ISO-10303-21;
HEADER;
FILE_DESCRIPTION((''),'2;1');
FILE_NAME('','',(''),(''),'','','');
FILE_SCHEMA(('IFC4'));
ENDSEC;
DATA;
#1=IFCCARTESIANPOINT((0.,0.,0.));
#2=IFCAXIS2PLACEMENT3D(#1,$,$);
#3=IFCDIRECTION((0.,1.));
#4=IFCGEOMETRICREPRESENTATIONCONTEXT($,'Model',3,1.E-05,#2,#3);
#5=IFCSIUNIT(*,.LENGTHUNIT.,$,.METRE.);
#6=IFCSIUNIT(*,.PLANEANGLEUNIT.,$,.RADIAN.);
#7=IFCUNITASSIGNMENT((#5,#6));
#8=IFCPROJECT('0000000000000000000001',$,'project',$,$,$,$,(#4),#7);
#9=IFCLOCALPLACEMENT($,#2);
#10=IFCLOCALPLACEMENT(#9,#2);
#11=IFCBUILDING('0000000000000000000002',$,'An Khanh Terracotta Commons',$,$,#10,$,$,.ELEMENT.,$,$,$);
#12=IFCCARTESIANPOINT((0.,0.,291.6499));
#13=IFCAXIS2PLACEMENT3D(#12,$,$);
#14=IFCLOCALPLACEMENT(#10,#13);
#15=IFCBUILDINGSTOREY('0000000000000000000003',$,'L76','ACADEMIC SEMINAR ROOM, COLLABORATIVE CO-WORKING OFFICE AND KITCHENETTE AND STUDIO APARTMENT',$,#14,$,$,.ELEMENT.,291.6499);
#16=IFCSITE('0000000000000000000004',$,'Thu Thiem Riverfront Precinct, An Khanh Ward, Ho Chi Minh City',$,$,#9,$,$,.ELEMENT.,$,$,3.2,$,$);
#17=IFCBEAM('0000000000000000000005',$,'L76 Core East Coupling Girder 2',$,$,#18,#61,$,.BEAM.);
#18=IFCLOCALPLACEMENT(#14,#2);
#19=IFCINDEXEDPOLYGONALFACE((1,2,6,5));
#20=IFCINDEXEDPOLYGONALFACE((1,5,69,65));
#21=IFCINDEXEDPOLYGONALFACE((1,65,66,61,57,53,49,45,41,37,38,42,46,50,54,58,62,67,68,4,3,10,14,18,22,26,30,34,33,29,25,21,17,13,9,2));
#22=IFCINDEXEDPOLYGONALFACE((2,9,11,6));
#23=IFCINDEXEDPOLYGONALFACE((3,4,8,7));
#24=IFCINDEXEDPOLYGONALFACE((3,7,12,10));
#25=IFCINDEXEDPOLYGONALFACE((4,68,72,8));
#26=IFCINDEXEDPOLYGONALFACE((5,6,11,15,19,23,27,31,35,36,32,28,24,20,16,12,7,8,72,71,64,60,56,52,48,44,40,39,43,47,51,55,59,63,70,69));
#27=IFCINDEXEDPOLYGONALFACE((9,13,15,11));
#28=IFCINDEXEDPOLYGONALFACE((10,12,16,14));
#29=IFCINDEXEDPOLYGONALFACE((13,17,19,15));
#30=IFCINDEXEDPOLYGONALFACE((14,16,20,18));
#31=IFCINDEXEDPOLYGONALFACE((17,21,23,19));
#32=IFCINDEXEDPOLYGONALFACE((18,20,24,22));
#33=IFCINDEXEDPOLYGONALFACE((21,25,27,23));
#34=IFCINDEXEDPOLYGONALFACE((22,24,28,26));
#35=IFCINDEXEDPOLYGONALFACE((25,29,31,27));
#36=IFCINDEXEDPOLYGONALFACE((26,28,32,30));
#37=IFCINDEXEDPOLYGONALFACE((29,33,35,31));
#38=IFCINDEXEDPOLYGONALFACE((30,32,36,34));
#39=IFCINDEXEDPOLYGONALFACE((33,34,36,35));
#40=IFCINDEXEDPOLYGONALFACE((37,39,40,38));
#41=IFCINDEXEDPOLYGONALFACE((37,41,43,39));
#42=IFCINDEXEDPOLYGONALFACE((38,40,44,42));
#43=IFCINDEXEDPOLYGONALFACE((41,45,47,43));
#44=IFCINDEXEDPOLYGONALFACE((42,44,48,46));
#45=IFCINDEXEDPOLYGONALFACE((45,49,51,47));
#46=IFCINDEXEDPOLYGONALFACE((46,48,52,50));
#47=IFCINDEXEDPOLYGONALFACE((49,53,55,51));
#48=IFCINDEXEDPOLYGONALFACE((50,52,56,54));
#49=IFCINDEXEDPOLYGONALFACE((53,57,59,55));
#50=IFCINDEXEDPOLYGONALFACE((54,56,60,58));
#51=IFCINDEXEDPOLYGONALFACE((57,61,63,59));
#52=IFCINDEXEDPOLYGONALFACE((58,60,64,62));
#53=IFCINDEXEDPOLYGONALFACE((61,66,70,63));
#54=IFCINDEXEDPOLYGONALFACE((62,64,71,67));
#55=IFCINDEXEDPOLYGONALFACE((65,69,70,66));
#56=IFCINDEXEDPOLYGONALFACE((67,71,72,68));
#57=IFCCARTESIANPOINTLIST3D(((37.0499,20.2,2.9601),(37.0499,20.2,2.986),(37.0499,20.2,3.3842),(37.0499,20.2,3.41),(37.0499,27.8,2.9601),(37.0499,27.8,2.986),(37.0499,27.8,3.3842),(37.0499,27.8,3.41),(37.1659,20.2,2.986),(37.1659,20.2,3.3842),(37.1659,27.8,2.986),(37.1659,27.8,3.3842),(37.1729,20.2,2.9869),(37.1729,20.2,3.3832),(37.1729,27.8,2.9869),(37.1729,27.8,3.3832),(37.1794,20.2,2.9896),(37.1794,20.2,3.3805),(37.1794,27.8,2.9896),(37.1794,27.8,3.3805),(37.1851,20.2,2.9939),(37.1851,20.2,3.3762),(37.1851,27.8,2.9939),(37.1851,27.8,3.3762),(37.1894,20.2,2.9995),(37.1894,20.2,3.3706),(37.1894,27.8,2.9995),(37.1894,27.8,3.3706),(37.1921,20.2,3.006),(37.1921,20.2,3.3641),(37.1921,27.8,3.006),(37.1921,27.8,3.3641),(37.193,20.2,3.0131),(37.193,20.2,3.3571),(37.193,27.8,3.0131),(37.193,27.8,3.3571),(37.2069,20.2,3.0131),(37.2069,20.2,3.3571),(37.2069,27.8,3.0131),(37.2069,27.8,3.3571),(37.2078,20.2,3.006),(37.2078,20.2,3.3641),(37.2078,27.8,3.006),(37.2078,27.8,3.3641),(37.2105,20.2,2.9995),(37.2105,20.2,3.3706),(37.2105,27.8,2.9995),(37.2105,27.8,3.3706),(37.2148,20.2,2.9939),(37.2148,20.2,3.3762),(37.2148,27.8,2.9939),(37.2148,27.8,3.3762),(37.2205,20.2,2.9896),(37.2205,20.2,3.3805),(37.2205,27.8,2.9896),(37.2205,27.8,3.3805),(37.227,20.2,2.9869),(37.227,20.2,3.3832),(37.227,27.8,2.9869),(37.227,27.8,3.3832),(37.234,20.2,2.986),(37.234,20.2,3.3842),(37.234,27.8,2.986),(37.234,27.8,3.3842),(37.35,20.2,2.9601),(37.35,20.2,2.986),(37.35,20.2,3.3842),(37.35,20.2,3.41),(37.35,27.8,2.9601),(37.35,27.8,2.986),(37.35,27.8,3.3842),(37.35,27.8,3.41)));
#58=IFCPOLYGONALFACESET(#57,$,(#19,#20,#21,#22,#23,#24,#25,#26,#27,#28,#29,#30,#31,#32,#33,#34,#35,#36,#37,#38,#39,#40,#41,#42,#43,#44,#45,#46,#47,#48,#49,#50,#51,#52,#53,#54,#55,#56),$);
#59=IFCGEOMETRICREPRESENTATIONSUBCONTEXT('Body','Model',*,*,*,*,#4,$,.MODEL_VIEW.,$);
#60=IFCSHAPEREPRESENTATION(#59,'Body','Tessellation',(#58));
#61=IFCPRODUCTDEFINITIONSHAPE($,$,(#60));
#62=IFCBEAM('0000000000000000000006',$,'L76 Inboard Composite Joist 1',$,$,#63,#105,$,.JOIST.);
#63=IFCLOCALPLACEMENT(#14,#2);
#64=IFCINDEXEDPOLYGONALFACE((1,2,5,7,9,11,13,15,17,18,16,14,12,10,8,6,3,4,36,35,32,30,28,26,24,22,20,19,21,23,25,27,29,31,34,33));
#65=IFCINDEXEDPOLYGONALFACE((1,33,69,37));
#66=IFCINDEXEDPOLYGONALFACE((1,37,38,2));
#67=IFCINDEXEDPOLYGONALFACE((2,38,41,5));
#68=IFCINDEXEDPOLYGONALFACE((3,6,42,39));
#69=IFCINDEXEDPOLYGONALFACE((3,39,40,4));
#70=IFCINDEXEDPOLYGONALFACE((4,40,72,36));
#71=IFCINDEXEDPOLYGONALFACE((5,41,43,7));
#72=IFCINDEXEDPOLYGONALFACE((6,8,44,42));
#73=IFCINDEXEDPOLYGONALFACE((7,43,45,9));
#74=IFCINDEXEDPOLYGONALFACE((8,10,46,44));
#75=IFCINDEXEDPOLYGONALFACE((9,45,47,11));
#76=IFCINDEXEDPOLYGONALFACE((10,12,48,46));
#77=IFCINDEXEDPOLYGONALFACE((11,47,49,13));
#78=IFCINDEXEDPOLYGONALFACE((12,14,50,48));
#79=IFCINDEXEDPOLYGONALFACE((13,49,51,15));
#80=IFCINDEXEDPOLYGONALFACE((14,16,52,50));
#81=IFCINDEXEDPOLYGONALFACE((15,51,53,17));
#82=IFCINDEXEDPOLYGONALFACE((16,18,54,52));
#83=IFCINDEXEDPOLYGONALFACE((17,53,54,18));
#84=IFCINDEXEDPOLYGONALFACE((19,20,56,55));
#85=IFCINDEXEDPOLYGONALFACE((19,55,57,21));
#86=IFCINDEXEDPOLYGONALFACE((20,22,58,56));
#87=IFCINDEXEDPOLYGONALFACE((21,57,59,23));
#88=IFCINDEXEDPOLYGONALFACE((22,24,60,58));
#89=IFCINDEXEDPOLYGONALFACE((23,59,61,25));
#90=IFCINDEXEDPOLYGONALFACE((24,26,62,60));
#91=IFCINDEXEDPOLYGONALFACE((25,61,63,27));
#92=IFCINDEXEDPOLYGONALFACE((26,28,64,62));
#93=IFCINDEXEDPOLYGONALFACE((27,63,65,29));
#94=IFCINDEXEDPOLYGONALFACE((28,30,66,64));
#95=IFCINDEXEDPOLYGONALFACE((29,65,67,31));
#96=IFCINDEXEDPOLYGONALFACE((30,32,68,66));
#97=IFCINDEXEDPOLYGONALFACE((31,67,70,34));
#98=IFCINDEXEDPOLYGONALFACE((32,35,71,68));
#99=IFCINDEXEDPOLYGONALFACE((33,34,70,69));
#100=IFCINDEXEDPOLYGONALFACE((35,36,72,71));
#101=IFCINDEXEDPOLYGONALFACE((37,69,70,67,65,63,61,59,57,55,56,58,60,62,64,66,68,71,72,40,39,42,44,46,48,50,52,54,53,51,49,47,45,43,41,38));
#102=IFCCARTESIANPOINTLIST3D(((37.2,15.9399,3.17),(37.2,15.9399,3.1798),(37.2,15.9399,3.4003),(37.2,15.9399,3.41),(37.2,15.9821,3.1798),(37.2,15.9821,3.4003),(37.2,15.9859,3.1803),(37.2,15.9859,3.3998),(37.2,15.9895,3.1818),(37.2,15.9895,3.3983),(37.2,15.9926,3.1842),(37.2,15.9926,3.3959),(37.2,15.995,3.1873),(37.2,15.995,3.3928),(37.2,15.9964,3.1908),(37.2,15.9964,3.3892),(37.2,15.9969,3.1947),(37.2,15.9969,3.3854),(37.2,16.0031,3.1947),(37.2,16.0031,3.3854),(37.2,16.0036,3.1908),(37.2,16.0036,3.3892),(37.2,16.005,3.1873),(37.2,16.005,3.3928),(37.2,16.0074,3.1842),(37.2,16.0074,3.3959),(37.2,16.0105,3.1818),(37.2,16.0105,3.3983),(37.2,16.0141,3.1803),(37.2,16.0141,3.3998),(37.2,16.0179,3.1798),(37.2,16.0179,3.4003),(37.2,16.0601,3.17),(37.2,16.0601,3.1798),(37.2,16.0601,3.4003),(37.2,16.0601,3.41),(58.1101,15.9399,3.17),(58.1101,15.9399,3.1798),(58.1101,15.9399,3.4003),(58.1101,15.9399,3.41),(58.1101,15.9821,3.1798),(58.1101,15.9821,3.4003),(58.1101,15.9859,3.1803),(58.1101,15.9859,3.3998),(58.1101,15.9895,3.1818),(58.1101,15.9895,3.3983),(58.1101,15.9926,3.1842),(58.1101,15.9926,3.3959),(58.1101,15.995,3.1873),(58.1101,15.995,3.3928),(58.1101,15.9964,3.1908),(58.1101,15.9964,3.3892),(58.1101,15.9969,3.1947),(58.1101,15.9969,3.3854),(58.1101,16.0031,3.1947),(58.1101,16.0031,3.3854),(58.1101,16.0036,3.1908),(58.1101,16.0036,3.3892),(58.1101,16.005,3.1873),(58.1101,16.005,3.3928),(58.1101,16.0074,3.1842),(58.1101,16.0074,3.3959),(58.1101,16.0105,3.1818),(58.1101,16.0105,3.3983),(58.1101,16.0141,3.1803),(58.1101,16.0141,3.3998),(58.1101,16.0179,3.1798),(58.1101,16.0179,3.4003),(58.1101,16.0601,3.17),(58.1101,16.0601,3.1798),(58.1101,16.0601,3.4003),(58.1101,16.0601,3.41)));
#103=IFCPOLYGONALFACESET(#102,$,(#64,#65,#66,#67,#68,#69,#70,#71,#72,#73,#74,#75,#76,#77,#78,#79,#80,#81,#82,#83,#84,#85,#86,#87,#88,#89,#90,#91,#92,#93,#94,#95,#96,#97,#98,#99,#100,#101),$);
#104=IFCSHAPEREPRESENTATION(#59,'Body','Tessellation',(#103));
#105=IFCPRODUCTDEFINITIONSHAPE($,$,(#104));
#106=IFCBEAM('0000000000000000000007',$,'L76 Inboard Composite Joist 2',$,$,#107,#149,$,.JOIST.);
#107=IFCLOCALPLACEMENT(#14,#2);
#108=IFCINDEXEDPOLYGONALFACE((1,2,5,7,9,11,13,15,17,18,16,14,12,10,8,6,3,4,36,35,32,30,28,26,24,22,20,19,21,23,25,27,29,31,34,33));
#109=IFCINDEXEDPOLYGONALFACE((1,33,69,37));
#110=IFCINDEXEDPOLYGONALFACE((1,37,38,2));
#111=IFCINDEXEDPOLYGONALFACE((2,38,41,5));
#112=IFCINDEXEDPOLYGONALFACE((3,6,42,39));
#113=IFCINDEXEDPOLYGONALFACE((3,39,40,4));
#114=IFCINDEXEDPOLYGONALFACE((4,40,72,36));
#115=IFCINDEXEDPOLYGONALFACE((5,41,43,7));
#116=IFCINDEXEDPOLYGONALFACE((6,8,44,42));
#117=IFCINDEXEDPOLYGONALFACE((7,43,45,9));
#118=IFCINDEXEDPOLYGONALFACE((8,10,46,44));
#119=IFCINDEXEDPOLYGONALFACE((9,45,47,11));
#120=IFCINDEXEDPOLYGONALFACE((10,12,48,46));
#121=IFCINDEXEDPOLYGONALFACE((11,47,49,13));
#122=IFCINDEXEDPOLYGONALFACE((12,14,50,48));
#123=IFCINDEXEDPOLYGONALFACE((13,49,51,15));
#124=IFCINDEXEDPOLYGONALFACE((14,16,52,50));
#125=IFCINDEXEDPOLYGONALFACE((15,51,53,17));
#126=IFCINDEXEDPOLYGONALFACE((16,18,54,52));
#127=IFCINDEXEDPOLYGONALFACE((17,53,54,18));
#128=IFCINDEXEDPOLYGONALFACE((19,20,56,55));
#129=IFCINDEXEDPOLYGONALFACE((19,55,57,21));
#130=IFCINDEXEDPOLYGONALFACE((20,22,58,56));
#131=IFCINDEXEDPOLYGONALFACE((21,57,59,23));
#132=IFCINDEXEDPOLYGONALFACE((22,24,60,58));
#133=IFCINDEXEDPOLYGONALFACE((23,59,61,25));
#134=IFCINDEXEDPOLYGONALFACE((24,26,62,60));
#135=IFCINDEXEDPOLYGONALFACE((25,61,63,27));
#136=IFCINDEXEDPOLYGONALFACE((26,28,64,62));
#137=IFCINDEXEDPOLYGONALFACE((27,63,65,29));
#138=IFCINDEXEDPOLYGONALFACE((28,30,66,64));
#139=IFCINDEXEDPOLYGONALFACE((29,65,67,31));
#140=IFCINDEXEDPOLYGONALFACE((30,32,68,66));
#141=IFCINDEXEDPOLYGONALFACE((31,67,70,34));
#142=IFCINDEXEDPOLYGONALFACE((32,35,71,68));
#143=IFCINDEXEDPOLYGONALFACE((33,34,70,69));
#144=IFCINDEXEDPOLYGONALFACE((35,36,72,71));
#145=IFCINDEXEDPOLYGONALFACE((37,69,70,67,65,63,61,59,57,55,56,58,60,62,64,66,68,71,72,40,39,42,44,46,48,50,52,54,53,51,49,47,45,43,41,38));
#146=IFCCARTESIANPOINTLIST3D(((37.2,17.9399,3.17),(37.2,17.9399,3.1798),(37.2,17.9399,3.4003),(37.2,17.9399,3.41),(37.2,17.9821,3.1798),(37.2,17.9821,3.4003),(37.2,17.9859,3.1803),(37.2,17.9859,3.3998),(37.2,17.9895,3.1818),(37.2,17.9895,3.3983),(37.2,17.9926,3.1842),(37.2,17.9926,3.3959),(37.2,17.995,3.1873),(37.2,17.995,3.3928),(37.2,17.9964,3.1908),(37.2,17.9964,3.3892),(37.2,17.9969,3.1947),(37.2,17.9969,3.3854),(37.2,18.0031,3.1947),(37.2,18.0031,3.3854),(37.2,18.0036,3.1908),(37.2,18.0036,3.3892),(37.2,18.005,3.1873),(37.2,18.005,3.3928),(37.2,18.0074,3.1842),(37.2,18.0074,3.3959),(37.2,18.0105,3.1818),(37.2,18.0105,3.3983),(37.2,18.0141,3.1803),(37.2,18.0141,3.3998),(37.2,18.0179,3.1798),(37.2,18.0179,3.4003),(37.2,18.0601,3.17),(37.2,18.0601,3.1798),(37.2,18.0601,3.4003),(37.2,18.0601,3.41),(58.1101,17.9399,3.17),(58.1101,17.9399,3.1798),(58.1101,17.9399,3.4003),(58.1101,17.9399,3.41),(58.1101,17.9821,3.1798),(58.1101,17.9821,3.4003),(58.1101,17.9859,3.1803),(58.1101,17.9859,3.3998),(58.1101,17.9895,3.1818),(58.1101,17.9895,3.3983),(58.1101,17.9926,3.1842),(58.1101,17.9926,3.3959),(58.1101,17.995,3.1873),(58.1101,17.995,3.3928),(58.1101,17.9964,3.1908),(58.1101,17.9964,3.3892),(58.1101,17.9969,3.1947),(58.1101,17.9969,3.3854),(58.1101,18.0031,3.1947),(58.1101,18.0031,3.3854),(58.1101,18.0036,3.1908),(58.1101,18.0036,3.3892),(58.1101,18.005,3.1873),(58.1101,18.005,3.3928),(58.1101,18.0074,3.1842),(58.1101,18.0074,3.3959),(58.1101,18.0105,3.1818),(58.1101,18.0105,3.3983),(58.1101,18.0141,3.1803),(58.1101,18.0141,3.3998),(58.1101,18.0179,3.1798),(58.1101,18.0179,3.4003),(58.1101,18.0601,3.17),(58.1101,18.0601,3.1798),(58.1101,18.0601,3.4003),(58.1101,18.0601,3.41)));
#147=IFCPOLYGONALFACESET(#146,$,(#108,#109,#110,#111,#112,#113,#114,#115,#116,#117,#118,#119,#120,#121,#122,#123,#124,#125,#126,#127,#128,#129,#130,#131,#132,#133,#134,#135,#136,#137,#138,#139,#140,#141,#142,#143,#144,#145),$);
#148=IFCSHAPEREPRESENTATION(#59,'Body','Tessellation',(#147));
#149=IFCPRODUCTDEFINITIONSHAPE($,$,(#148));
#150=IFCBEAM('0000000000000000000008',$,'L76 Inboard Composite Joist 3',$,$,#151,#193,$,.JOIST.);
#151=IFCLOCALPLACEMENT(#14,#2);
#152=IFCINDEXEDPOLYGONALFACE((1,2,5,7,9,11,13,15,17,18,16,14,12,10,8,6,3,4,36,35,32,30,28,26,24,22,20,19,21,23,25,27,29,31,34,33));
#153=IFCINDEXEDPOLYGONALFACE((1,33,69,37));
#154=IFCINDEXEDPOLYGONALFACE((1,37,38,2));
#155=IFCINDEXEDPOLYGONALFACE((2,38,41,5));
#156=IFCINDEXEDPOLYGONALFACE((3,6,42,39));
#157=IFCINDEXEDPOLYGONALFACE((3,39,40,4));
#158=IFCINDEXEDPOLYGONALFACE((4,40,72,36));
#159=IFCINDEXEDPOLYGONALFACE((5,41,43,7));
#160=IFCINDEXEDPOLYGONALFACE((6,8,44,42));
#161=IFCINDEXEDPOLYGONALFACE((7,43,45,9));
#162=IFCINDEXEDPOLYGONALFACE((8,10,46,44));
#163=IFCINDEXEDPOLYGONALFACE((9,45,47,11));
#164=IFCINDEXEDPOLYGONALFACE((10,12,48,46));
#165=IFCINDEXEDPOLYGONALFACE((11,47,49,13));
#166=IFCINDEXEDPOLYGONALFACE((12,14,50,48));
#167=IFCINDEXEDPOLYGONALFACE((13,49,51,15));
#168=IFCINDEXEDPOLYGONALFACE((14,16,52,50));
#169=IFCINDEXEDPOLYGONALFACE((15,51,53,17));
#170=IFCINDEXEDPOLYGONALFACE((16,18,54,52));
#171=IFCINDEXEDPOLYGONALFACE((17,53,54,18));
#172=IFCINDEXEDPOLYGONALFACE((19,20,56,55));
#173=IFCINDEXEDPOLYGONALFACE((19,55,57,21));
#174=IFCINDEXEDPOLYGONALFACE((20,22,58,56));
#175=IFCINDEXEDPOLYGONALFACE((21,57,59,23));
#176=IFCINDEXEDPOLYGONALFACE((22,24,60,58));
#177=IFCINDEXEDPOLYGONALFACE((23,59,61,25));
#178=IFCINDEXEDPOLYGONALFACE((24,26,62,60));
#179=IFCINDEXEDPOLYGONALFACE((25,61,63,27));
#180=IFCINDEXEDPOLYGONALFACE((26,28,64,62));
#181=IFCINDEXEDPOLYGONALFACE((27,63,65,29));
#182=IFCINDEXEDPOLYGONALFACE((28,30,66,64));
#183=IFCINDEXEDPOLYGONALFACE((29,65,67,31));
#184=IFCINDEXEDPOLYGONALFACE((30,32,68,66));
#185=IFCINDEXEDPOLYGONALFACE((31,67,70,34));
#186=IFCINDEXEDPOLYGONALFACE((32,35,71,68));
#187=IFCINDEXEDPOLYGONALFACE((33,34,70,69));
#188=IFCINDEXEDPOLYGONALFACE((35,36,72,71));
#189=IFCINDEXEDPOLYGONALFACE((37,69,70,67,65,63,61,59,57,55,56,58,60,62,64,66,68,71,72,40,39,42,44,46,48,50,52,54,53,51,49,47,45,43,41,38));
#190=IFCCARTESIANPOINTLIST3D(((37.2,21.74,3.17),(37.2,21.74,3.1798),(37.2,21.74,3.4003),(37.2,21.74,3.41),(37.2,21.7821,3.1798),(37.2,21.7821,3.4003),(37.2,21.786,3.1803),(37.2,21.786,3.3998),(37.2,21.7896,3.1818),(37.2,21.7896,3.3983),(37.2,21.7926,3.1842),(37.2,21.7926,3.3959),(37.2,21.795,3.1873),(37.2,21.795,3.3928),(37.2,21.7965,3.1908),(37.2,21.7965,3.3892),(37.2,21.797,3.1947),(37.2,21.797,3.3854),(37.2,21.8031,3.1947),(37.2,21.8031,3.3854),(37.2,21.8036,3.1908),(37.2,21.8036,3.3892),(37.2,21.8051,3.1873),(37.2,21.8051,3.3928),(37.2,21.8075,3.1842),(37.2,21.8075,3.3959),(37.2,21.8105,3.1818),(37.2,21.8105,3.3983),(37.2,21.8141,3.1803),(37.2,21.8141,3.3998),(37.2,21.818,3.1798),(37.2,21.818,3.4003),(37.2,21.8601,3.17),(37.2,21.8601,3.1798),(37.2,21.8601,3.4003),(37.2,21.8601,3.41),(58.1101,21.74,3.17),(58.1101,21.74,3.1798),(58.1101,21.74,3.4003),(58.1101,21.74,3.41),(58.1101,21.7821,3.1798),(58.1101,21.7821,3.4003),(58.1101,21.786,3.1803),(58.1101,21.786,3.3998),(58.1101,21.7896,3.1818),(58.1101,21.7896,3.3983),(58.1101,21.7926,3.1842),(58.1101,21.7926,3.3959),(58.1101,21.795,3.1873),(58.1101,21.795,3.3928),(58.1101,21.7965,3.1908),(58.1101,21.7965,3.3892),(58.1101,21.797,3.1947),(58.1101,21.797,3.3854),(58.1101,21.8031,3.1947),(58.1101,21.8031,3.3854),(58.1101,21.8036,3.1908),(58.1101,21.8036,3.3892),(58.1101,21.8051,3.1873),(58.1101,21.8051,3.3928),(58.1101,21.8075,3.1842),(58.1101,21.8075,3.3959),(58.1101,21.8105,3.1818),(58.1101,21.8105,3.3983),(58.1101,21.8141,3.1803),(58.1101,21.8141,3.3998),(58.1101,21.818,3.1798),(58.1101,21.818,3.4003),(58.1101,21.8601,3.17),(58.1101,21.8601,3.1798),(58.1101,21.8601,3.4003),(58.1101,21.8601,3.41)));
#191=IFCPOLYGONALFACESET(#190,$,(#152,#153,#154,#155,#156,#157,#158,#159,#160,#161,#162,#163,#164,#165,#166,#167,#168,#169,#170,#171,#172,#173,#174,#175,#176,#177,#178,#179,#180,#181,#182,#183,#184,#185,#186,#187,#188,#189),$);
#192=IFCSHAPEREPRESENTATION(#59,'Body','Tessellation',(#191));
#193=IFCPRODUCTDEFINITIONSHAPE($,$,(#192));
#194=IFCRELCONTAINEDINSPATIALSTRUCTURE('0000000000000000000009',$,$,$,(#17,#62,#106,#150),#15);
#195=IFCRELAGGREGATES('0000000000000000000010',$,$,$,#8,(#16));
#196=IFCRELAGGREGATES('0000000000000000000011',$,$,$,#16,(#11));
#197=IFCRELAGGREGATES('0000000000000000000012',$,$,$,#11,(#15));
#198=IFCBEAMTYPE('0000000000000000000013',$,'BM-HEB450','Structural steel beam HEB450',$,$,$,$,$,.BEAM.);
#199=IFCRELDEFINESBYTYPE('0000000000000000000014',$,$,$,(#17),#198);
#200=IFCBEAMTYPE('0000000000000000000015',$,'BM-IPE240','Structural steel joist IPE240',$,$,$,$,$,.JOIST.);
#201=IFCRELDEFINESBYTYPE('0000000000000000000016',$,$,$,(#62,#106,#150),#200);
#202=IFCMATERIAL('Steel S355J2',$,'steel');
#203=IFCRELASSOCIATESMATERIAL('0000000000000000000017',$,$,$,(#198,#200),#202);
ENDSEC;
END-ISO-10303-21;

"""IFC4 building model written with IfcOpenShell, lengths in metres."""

from ifc_helpers import new_model, si_unit, direction, frame, origin, origin_2d, place, context, subcontext, project, spatial, i_section, extrude, material, material_profile, profile_set, type_object, element, save


model = new_model("IFC4")

# Units and contexts
model_context = context("Model", 3, precision=1e-05, world=origin(), true_north=direction((0.0, 1.0)))
body_context = subcontext(model_context, "Body", "Model", "MODEL_VIEW")
ifc_project = project(units=[si_unit("LENGTHUNIT", "METRE"), si_unit("PLANEANGLEUNIT", "RADIAN")], contexts=[model_context])

# Site, building, storey
site_placement = place(None, origin())
site = spatial("IfcSite", under=ifc_project, at=site_placement, Name="Thu Thiem Riverfront Precinct, An Khanh Ward, Ho Chi Minh City", CompositionType="ELEMENT", RefElevation=3.2)
building_placement = place(site_placement, origin())
building = spatial("IfcBuilding", under=site, at=building_placement, Name="An Khanh Terracotta Commons", CompositionType="ELEMENT")
storey_placement = place(building_placement, frame((0.0, 0.0, 291.6499)))
storey = spatial("IfcBuildingStorey", under=building, at=storey_placement, Name="L76", Description="ACADEMIC SEMINAR ROOM, COLLABORATIVE CO-WORKING OFFICE AND KITCHENETTE AND STUDIO APARTMENT", CompositionType="ELEMENT", Elevation=291.6499)

# Beams
ifc_material_1 = material(Name="Steel S355J2", Category="steel")
ifc_material_profile_1 = material_profile(ifc_material_1, i_section(OverallWidth=0.3, OverallDepth=0.45, WebThickness=0.0139, FlangeThickness=0.0259, FilletRadius=0.0271, at=origin_2d()), Name="HEB450")
ifc_profile_set_1 = profile_set([ifc_material_profile_1], Name="Steel S355J2")
beam_type_1 = type_object("IfcBeamType", Name="BM-HEB450", Description="Structural steel beam HEB450", PredefinedType="BEAM", material=ifc_profile_set_1)
beam_1_placement = place(storey_placement, frame((37.2, 20.2, 3.1851), z_axis=(0.0, 1.0, 0.0), x_axis=(-1.0, 0.0, 0.0)))
element("IfcBeam", 1, at=beam_1_placement, inside=storey, type_object=beam_type_1, Name="L76 Core East Coupling Girder 2", PredefinedType="BEAM", context=body_context, shape_type="SweptSolid", body=[
    extrude(i_section(OverallWidth=0.3, OverallDepth=0.45, WebThickness=0.0139, FlangeThickness=0.0259, FilletRadius=0.0271, at=origin_2d()), origin(), (0.0, 0.0, 1.0), 7.6001),
])
ifc_material_profile_2 = material_profile(ifc_material_1, i_section(OverallWidth=0.1201, OverallDepth=0.24, WebThickness=0.0061, FlangeThickness=0.0098, FilletRadius=0.0149, at=origin_2d()), Name="IPE240")
ifc_profile_set_2 = profile_set([ifc_material_profile_2], Name="Steel S355J2")
beam_type_2 = type_object("IfcBeamType", Name="BM-IPE240", Description="Structural steel joist IPE240", PredefinedType="JOIST", material=ifc_profile_set_2)
for number, where, z_axis, x_axis, name in (
    (2, (37.2, 16.0, 3.29), (1.0, 0.0, 0.0), (0.0, 1.0, 0.0), "L76 Inboard Composite Joist 1"),
    (3, (37.2, 18.0, 3.29), (1.0, 0.0, 0.0), (0.0, 1.0, 0.0), "L76 Inboard Composite Joist 2"),
    (4, (37.2, 21.8, 3.29), (1.0, 0.0, 0.0), (0.0, 1.0, 0.0), "L76 Inboard Composite Joist 3"),
):
    element("IfcBeam", number, at=place(storey_placement, frame(where, z_axis=z_axis, x_axis=x_axis)), inside=storey, type_object=beam_type_2, Name=name, PredefinedType="JOIST", context=body_context, shape_type="SweptSolid", body=[
        extrude(i_section(OverallWidth=0.1201, OverallDepth=0.24, WebThickness=0.0061, FlangeThickness=0.0098, FilletRadius=0.0149, at=origin_2d()), origin(), (0.0, 0.0, 1.0), 20.9102),
    ])

save(model, "model.ifc")
